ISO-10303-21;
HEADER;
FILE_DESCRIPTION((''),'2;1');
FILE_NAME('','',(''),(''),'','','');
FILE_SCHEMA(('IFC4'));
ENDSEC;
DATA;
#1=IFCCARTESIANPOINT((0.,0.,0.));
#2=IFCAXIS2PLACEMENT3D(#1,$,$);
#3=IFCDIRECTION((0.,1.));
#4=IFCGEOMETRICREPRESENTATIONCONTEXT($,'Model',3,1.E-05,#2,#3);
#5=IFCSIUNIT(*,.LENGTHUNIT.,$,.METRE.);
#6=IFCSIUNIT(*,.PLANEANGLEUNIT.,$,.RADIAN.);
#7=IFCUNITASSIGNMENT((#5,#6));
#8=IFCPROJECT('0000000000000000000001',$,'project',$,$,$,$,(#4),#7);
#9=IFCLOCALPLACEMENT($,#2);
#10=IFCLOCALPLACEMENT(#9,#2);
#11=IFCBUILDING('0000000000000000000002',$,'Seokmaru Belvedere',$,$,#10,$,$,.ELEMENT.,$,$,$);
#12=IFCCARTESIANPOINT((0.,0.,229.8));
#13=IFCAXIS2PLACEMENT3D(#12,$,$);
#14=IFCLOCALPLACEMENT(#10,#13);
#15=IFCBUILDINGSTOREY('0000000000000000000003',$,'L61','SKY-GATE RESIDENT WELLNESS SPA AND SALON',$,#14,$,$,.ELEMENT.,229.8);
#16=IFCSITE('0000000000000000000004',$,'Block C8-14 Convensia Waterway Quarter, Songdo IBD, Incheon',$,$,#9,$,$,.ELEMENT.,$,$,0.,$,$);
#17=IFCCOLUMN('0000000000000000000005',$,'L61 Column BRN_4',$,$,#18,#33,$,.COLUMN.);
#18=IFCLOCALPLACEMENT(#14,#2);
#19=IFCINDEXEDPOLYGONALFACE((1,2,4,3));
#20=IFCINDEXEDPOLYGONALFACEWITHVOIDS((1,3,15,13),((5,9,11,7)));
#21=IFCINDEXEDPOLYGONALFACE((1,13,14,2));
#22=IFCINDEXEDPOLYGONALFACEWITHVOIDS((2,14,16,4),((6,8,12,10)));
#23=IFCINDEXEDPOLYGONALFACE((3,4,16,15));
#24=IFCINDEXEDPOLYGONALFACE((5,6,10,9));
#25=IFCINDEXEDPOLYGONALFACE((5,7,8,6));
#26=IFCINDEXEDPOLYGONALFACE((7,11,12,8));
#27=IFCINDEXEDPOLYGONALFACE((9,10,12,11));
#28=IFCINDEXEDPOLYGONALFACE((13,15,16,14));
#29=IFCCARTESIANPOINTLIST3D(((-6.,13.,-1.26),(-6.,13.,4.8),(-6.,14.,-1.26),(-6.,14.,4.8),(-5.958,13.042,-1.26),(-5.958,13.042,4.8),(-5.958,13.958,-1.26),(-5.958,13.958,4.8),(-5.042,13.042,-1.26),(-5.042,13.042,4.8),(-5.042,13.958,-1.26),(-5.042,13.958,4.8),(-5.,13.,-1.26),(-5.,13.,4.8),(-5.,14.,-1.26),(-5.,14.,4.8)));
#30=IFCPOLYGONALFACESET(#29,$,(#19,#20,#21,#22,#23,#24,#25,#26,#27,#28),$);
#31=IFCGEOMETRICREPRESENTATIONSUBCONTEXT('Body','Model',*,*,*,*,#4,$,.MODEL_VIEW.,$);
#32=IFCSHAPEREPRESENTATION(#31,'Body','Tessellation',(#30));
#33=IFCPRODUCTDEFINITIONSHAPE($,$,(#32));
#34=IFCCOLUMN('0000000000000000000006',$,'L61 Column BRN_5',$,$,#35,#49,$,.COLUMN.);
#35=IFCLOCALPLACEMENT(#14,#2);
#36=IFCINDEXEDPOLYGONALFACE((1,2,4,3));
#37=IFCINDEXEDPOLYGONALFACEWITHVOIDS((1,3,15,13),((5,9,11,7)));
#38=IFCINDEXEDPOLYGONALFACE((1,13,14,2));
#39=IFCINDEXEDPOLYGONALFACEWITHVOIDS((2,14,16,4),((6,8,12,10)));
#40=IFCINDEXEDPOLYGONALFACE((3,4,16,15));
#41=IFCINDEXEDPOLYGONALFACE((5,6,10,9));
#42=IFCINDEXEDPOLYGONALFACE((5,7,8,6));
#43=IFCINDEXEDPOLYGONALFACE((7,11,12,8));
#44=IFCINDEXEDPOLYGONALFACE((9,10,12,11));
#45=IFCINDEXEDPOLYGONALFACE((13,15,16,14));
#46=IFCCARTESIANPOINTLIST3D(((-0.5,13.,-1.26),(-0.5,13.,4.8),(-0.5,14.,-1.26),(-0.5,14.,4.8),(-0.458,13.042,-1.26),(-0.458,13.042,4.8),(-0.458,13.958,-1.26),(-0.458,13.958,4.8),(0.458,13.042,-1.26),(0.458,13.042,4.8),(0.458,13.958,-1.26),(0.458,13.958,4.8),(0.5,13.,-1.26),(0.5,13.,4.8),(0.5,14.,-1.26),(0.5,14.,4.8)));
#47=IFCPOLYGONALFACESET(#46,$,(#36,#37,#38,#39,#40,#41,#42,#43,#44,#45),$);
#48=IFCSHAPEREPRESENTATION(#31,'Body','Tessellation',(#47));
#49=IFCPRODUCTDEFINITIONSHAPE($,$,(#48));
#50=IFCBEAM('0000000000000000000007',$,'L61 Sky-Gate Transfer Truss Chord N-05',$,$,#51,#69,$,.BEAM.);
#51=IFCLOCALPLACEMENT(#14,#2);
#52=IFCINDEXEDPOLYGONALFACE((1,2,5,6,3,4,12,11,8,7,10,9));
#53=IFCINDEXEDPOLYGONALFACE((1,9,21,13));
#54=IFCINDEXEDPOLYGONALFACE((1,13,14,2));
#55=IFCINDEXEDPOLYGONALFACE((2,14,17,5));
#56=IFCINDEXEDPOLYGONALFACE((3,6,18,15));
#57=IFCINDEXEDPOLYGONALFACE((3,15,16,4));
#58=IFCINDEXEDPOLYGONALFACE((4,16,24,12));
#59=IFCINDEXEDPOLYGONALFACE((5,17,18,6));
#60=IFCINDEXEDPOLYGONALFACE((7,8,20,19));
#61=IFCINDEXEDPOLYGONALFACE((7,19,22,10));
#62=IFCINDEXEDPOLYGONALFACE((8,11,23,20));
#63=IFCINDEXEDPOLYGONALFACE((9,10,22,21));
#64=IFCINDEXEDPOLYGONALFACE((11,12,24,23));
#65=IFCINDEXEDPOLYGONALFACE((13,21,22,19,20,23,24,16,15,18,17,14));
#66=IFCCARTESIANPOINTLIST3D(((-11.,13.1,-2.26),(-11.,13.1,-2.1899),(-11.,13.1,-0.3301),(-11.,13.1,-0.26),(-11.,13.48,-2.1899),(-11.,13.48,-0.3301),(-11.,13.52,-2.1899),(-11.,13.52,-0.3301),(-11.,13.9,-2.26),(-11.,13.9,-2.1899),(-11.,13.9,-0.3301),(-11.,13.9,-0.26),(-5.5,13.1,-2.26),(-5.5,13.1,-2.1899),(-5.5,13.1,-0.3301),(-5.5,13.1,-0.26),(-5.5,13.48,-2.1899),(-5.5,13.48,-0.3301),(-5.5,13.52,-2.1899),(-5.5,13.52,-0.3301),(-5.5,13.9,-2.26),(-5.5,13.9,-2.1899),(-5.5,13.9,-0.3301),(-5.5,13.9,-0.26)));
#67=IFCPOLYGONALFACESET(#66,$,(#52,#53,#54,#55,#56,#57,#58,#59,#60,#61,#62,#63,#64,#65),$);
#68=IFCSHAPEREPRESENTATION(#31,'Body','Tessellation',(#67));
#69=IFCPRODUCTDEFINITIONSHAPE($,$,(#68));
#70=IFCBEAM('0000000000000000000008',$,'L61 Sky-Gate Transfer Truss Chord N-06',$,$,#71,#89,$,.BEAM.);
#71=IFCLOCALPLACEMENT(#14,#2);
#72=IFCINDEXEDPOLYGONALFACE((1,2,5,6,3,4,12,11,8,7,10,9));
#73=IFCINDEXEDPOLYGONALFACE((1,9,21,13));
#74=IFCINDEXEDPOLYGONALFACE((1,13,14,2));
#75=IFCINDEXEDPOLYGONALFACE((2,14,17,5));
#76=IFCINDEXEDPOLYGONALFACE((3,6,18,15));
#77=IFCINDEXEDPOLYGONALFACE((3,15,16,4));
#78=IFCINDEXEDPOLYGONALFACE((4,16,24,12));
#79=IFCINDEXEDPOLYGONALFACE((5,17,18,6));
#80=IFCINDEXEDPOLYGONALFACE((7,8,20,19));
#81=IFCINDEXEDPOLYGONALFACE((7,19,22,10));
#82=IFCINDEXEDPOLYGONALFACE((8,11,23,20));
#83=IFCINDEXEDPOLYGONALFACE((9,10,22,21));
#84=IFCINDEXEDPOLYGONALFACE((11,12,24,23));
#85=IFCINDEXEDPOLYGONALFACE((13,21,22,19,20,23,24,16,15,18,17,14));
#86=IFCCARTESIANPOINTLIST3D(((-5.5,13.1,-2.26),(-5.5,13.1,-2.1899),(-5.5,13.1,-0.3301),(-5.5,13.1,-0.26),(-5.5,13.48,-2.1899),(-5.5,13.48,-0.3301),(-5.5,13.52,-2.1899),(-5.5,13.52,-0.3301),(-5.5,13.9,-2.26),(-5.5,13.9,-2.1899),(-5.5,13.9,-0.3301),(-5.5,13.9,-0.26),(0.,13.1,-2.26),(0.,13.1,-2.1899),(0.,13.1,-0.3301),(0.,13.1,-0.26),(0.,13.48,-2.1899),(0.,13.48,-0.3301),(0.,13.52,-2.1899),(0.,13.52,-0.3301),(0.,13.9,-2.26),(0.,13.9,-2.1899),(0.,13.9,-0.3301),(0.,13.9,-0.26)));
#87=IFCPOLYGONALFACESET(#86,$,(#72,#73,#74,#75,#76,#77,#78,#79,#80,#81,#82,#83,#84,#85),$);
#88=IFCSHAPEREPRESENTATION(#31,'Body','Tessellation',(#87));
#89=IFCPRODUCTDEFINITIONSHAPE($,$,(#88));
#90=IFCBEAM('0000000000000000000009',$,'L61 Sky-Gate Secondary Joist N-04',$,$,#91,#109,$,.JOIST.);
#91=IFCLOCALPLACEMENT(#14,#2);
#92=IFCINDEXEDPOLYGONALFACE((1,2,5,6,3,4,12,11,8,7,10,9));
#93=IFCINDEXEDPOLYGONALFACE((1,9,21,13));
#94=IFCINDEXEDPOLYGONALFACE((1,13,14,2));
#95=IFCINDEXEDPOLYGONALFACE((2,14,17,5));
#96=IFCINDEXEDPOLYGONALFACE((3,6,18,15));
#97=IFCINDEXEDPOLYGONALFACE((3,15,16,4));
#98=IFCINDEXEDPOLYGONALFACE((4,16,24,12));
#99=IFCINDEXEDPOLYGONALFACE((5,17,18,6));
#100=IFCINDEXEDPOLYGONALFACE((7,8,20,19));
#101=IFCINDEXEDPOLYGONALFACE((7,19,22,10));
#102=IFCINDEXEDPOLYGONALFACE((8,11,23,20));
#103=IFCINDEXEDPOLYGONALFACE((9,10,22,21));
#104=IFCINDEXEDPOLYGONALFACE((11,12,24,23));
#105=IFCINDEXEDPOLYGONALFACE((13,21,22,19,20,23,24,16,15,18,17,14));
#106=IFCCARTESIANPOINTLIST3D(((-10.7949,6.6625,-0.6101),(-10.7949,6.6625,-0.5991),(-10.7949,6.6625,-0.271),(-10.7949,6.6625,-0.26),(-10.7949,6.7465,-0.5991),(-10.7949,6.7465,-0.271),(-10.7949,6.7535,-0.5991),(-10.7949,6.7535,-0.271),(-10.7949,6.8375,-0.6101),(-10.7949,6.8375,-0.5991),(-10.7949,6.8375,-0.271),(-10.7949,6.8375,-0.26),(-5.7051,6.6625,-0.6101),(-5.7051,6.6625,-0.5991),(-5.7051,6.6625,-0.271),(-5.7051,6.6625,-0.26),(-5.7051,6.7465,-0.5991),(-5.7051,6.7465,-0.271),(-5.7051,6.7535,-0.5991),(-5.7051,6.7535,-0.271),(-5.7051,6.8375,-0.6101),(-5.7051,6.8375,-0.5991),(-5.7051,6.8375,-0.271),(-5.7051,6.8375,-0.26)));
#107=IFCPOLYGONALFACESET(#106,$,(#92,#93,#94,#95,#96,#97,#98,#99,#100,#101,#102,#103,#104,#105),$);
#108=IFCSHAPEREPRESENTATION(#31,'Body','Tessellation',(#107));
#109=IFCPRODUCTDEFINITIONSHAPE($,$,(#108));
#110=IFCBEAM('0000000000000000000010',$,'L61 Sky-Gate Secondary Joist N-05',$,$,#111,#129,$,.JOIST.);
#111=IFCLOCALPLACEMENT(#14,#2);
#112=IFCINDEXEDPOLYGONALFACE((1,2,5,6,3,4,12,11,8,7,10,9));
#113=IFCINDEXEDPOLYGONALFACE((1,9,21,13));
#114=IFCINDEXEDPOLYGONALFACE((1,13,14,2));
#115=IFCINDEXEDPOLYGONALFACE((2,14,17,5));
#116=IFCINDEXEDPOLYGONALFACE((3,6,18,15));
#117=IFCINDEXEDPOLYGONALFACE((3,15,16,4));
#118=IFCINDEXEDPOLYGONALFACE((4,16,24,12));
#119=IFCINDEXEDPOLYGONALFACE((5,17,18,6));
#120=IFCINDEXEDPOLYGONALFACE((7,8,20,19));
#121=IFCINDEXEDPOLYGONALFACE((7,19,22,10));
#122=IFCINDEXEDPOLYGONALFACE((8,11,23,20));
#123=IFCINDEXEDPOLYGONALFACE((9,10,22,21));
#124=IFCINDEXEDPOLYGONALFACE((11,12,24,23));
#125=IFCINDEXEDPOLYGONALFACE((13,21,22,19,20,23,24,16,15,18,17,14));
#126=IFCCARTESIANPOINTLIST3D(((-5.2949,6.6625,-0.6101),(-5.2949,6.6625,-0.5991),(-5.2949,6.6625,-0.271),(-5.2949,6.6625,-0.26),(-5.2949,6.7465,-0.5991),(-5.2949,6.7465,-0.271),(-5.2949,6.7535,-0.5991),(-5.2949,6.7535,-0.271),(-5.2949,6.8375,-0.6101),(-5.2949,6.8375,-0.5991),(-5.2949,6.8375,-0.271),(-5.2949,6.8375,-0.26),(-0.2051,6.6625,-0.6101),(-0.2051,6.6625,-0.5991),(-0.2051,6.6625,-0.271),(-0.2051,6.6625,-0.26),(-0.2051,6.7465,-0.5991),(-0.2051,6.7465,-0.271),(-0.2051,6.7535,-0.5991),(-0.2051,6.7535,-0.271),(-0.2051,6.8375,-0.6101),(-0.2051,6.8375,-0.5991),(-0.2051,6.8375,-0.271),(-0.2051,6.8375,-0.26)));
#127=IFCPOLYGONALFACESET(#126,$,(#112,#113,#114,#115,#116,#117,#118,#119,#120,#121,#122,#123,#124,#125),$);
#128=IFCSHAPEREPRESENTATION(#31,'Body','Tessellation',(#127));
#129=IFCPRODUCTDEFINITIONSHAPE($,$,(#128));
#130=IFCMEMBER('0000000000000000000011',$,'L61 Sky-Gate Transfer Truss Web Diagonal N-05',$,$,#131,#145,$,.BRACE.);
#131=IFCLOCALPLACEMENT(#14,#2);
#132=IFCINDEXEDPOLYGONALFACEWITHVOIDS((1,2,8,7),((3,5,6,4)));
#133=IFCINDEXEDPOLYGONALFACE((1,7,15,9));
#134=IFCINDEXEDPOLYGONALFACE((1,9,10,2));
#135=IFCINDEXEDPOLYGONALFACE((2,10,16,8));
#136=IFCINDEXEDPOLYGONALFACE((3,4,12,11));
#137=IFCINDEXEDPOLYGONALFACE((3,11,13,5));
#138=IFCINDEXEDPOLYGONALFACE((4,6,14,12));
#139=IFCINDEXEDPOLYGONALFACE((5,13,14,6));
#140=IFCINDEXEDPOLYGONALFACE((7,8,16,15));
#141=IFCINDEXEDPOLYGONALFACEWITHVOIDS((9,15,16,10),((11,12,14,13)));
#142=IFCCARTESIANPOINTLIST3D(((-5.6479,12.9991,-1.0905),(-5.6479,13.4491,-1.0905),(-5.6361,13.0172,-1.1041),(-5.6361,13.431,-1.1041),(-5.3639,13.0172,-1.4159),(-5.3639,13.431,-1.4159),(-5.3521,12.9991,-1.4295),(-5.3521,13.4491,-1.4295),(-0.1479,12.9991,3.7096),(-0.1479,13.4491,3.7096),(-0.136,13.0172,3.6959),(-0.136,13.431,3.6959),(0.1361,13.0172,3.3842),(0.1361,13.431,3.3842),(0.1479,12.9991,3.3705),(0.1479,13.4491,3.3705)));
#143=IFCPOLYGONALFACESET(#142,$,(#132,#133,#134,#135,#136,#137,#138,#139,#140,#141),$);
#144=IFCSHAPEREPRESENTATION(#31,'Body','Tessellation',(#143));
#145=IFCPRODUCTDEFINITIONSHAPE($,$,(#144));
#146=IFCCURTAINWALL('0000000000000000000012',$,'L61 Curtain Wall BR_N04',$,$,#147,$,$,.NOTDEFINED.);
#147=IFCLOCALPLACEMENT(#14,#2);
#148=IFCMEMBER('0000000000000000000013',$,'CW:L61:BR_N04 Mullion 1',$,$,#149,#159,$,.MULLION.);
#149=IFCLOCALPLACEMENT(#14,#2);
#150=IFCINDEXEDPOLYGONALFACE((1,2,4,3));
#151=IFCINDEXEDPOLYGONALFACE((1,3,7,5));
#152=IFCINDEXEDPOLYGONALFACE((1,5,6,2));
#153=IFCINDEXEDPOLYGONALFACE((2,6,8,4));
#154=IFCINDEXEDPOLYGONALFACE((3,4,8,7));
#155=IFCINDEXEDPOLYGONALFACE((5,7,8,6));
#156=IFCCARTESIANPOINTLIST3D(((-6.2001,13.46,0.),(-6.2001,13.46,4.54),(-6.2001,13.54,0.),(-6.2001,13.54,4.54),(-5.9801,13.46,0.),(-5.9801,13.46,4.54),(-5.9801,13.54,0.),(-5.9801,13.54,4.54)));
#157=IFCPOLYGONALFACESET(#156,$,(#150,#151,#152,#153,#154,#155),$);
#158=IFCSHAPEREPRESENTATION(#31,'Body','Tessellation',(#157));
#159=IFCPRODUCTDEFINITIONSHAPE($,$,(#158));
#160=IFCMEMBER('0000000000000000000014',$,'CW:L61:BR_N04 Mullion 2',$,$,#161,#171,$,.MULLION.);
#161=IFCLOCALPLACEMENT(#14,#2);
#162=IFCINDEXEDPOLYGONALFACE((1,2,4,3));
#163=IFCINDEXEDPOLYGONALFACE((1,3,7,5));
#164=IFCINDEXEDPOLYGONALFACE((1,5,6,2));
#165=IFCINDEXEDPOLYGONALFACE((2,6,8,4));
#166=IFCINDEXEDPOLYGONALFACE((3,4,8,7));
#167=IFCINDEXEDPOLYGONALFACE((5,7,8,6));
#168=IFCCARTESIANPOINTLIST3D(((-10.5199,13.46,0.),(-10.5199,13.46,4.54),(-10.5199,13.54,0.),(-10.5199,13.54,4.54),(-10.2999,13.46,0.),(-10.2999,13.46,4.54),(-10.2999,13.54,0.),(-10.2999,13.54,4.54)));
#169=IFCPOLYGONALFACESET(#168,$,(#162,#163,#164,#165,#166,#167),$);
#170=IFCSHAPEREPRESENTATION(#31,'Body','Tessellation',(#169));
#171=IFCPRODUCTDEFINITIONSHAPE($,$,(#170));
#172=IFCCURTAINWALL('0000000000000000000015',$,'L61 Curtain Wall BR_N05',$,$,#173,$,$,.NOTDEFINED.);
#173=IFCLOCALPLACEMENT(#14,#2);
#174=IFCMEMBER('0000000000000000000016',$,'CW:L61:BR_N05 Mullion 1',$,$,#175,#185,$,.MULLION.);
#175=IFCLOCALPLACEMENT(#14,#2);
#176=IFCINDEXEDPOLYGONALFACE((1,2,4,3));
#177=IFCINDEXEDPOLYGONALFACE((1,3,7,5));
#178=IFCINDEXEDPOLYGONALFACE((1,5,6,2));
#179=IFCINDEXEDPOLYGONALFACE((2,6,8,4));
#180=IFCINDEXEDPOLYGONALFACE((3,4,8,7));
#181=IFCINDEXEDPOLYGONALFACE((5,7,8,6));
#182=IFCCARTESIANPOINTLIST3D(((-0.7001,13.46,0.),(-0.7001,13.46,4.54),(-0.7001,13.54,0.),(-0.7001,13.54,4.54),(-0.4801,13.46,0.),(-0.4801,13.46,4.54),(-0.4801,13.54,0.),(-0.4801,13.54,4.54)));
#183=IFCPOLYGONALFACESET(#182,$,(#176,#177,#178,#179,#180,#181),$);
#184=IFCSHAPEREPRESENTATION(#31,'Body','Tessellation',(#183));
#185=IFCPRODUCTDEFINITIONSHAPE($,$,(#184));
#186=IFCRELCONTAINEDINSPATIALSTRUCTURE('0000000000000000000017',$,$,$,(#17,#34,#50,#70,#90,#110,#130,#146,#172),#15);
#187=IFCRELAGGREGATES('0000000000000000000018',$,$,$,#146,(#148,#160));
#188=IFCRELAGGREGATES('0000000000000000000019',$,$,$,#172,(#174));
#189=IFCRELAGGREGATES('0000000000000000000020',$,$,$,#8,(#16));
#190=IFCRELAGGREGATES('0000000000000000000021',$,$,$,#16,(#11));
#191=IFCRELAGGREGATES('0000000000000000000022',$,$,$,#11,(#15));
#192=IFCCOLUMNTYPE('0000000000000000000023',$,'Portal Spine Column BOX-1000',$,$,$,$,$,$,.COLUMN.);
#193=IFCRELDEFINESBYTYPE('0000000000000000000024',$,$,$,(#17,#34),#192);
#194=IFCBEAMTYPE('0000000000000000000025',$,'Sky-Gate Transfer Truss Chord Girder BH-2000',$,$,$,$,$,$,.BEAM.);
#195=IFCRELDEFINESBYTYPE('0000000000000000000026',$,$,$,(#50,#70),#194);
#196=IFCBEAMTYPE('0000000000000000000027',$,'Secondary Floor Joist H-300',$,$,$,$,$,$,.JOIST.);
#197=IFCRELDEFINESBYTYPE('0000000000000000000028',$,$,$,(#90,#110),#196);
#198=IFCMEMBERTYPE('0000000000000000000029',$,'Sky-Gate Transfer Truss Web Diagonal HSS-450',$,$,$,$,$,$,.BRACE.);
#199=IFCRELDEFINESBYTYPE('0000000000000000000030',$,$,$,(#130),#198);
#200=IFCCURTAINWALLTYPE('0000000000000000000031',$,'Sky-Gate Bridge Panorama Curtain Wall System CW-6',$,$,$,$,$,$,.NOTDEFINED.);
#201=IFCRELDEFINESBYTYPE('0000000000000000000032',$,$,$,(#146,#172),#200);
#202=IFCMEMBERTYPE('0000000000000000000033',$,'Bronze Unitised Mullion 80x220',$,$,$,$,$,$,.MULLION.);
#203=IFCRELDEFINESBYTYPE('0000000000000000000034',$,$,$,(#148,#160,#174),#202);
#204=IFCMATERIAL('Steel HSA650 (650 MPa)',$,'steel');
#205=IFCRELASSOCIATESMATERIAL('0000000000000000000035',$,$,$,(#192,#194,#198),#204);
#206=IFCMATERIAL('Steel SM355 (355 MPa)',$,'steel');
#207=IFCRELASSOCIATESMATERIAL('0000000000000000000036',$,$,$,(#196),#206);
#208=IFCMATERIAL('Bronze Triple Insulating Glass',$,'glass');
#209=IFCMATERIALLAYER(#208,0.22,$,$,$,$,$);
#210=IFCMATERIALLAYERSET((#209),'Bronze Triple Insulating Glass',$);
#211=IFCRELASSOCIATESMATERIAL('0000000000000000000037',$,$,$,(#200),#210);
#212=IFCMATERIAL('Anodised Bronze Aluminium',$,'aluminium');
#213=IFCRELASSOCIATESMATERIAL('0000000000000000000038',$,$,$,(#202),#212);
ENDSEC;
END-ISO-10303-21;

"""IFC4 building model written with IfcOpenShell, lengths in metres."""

from ifc_helpers import new_model, si_unit, direction, frame, origin, origin_2d, place, context, subcontext, project, spatial, rectangle, hollow_rectangle, i_section, extrude, source, transform, mapped, material, layer, layer_set, material_profile, profile_set, type_object, type_shapes, element, aggregate, save


model = new_model("IFC4")

# Units and contexts
model_context = context("Model", 3, precision=1e-05, world=origin(), true_north=direction((0.0, 1.0)))
body_context = subcontext(model_context, "Body", "Model", "MODEL_VIEW")
ifc_project = project(units=[si_unit("LENGTHUNIT", "METRE"), si_unit("PLANEANGLEUNIT", "RADIAN")], contexts=[model_context])

# Site, building, storey
site_placement = place(None, origin())
site = spatial("IfcSite", under=ifc_project, at=site_placement, Name="Block C8-14 Convensia Waterway Quarter, Songdo IBD, Incheon", CompositionType="ELEMENT", RefElevation=0.0)
building_placement = place(site_placement, origin())
building = spatial("IfcBuilding", under=site, at=building_placement, Name="Seokmaru Belvedere", CompositionType="ELEMENT")
storey_placement = place(building_placement, frame((0.0, 0.0, 229.8)))
storey = spatial("IfcBuildingStorey", under=building, at=storey_placement, Name="L61", Description="SKY-GATE RESIDENT WELLNESS SPA AND SALON", CompositionType="ELEMENT", Elevation=229.8)

# Columns
ifc_material_1 = material(Name="Steel HSA650 (650 MPa)", Category="steel")
ifc_material_profile_1 = material_profile(ifc_material_1, hollow_rectangle(XDim=1.0, YDim=1.0, WallThickness=0.042, at=origin_2d()), Name="BOX-1000x1000x42")
ifc_profile_set_1 = profile_set([ifc_material_profile_1], Name="Steel HSA650 (650 MPa)")
column_type = type_object("IfcColumnType", Name="Portal Spine Column BOX-1000", PredefinedType="COLUMN", material=ifc_profile_set_1)
shared_shape_1 = source(origin(), body_context, "Body", "SweptSolid", [
    extrude(hollow_rectangle(XDim=1.0, YDim=1.0, WallThickness=0.042, at=origin_2d()), origin(), (0.0, 0.0, 1.0), 6.0601),
])
type_shapes(column_type, [shared_shape_1])
for number, where, z_axis, x_axis, name in (
    (1, (-5.5, 13.5, -1.26), (0.0, 0.0, 1.0), (1.0, 0.0, 0.0), "L61 Column BRN_4"),
    (2, (0.0, 13.5, -1.26), (0.0, 0.0, 1.0), (1.0, 0.0, 0.0), "L61 Column BRN_5"),
):
    element("IfcColumn", number, at=place(storey_placement, frame(where, z_axis=z_axis, x_axis=x_axis)), inside=storey, type_object=column_type, Name=name, PredefinedType="COLUMN", context=body_context, shape_type="MappedRepresentation", body=[
        mapped(shared_shape_1, transform((0.0, 0.0, 0.0), scale=1.0)),
    ])

# Beams
ifc_material_profile_2 = material_profile(ifc_material_1, i_section(OverallWidth=0.8, OverallDepth=2.0, WebThickness=0.04, FlangeThickness=0.0701, at=origin_2d()), Name="BH-2000x800x40x70")
ifc_profile_set_2 = profile_set([ifc_material_profile_2], Name="Steel HSA650 (650 MPa)")
beam_type_1 = type_object("IfcBeamType", Name="Sky-Gate Transfer Truss Chord Girder BH-2000", PredefinedType="BEAM", material=ifc_profile_set_2)
shared_shape_2 = source(origin(), body_context, "Body", "SweptSolid", [
    extrude(i_section(OverallWidth=0.8, OverallDepth=2.0, WebThickness=0.04, FlangeThickness=0.0701, at=origin_2d()), origin(), (0.0, 0.0, 1.0), 5.5),
])
type_shapes(beam_type_1, [shared_shape_2])
for number, where, z_axis, x_axis, name in (
    (3, (-11.0, 13.5, -1.26), (1.0, 0.0, 0.0), (0.0, 1.0, 0.0), "L61 Sky-Gate Transfer Truss Chord N-05"),
    (4, (-5.5, 13.5, -1.26), (1.0, 0.0, 0.0), (0.0, 1.0, 0.0), "L61 Sky-Gate Transfer Truss Chord N-06"),
):
    element("IfcBeam", number, at=place(storey_placement, frame(where, z_axis=z_axis, x_axis=x_axis)), inside=storey, type_object=beam_type_1, Name=name, PredefinedType="BEAM", context=body_context, shape_type="MappedRepresentation", body=[
        mapped(shared_shape_2, transform((0.0, 0.0, 0.0), scale=1.0)),
    ])
ifc_material_2 = material(Name="Steel SM355 (355 MPa)", Category="steel")
ifc_material_profile_3 = material_profile(ifc_material_2, i_section(OverallWidth=0.175, OverallDepth=0.3501, WebThickness=0.0071, FlangeThickness=0.011, at=origin_2d()), Name="H-350x175x7x11")
ifc_profile_set_3 = profile_set([ifc_material_profile_3], Name="Steel SM355 (355 MPa)")
beam_type_2 = type_object("IfcBeamType", Name="Secondary Floor Joist H-300", PredefinedType="JOIST", material=ifc_profile_set_3)
shared_shape_3 = source(origin(), body_context, "Body", "SweptSolid", [
    extrude(i_section(OverallWidth=0.175, OverallDepth=0.3501, WebThickness=0.0071, FlangeThickness=0.011, at=origin_2d()), origin(), (0.0, 0.0, 1.0), 5.0898),
])
type_shapes(beam_type_2, [shared_shape_3])
for number, where, z_axis, x_axis, name in (
    (5, (-10.7949, 6.75, -0.4351), (1.0, 0.0, 0.0), (0.0, 1.0, 0.0), "L61 Sky-Gate Secondary Joist N-04"),
    (6, (-5.2949, 6.75, -0.4351), (1.0, 0.0, 0.0), (0.0, 1.0, 0.0), "L61 Sky-Gate Secondary Joist N-05"),
):
    element("IfcBeam", number, at=place(storey_placement, frame(where, z_axis=z_axis, x_axis=x_axis)), inside=storey, type_object=beam_type_2, Name=name, PredefinedType="JOIST", context=body_context, shape_type="MappedRepresentation", body=[
        mapped(shared_shape_3, transform((0.0, 0.0, 0.0), scale=1.0)),
    ])

# Member
ifc_material_profile_4 = material_profile(ifc_material_1, hollow_rectangle(XDim=0.45, YDim=0.45, WallThickness=0.0181, at=origin_2d()), Name="HSS-450x450x18")
ifc_profile_set_4 = profile_set([ifc_material_profile_4], Name="Steel HSA650 (650 MPa)")
member_type_1 = type_object("IfcMemberType", Name="Sky-Gate Transfer Truss Web Diagonal HSS-450", PredefinedType="BRACE", material=ifc_profile_set_4)
shared_shape_4 = source(origin(), body_context, "Body", "SweptSolid", [
    extrude(hollow_rectangle(XDim=0.45, YDim=0.45, WallThickness=0.0181, at=origin_2d()), origin(), (0.0, 0.0, 1.0), 7.3),
])
type_shapes(member_type_1, [shared_shape_4])
member_1_placement = place(storey_placement, frame((-5.5, 13.2241, -1.26), z_axis=(0.753421, 0.0, 0.657538), x_axis=(0.0, 1.0, 0.0)))
element("IfcMember", 7, at=member_1_placement, inside=storey, type_object=member_type_1, Name="L61 Sky-Gate Transfer Truss Web Diagonal N-05", PredefinedType="BRACE", context=body_context, shape_type="MappedRepresentation", body=[
    mapped(shared_shape_4, transform((0.0, 0.0, 0.0), scale=1.0)),
])

# Curtain walls, members
ifc_material_3 = material(Name="Bronze Triple Insulating Glass", Category="glass")
ifc_layer_1 = layer(ifc_material_3, 0.22)
ifc_layer_set_1 = layer_set([ifc_layer_1], Name="Bronze Triple Insulating Glass")
curtain_wall_type = type_object("IfcCurtainWallType", Name="Sky-Gate Bridge Panorama Curtain Wall System CW-6", PredefinedType="NOTDEFINED", material=ifc_layer_set_1)
curtain_wall_1_placement = place(storey_placement, origin())
curtain_wall_1 = element("IfcCurtainWall", 8, at=curtain_wall_1_placement, inside=storey, type_object=curtain_wall_type, Name="L61 Curtain Wall BR_N04", PredefinedType="NOTDEFINED")
ifc_material_4 = material(Name="Anodised Bronze Aluminium", Category="aluminium")
ifc_material_profile_5 = material_profile(ifc_material_4, rectangle(XDim=0.0801, YDim=0.22, at=origin_2d()), Name="CW-M-80x220")
ifc_profile_set_5 = profile_set([ifc_material_profile_5], Name="Anodised Bronze Aluminium")
member_type_2 = type_object("IfcMemberType", Name="Bronze Unitised Mullion 80x220", PredefinedType="MULLION", material=ifc_profile_set_5)
shared_shape_5 = source(origin(), body_context, "Body", "SweptSolid", [
    extrude(rectangle(XDim=0.0801, YDim=0.22, at=origin_2d()), origin(), (0.0, 0.0, 1.0), 4.54),
])
type_shapes(member_type_2, [shared_shape_5])
member_2_placement = place(storey_placement, frame((-6.0901, 13.5, 0.0), z_axis=(0.0, 0.0, 1.0), x_axis=(0.0, -1.0, 0.0)))
member_2 = element("IfcMember", 9, at=member_2_placement, type_object=member_type_2, Name="CW:L61:BR_N04 Mullion 1", PredefinedType="MULLION", context=body_context, shape_type="MappedRepresentation", body=[
    mapped(shared_shape_5, transform((0.0, 0.0, 0.0), scale=1.0)),
])
member_3_placement = place(storey_placement, frame((-10.4099, 13.5, 0.0), z_axis=(0.0, 0.0, 1.0), x_axis=(0.0, -1.0, 0.0)))
member_3 = element("IfcMember", 10, at=member_3_placement, type_object=member_type_2, Name="CW:L61:BR_N04 Mullion 2", PredefinedType="MULLION", context=body_context, shape_type="MappedRepresentation", body=[
    mapped(shared_shape_5, transform((0.0, 0.0, 0.0), scale=1.0)),
])
curtain_wall_2_placement = place(storey_placement, origin())
curtain_wall_2 = element("IfcCurtainWall", 11, at=curtain_wall_2_placement, inside=storey, type_object=curtain_wall_type, Name="L61 Curtain Wall BR_N05", PredefinedType="NOTDEFINED")
member_4_placement = place(storey_placement, frame((-0.5901, 13.5, 0.0), z_axis=(0.0, 0.0, 1.0), x_axis=(0.0, -1.0, 0.0)))
member_4 = element("IfcMember", 12, at=member_4_placement, type_object=member_type_2, Name="CW:L61:BR_N05 Mullion 1", PredefinedType="MULLION", context=body_context, shape_type="MappedRepresentation", body=[
    mapped(shared_shape_5, transform((0.0, 0.0, 0.0), scale=1.0)),
])

aggregate(curtain_wall_1, [member_2, member_3])
aggregate(curtain_wall_2, [member_4])

save(model, "model.ifc")
